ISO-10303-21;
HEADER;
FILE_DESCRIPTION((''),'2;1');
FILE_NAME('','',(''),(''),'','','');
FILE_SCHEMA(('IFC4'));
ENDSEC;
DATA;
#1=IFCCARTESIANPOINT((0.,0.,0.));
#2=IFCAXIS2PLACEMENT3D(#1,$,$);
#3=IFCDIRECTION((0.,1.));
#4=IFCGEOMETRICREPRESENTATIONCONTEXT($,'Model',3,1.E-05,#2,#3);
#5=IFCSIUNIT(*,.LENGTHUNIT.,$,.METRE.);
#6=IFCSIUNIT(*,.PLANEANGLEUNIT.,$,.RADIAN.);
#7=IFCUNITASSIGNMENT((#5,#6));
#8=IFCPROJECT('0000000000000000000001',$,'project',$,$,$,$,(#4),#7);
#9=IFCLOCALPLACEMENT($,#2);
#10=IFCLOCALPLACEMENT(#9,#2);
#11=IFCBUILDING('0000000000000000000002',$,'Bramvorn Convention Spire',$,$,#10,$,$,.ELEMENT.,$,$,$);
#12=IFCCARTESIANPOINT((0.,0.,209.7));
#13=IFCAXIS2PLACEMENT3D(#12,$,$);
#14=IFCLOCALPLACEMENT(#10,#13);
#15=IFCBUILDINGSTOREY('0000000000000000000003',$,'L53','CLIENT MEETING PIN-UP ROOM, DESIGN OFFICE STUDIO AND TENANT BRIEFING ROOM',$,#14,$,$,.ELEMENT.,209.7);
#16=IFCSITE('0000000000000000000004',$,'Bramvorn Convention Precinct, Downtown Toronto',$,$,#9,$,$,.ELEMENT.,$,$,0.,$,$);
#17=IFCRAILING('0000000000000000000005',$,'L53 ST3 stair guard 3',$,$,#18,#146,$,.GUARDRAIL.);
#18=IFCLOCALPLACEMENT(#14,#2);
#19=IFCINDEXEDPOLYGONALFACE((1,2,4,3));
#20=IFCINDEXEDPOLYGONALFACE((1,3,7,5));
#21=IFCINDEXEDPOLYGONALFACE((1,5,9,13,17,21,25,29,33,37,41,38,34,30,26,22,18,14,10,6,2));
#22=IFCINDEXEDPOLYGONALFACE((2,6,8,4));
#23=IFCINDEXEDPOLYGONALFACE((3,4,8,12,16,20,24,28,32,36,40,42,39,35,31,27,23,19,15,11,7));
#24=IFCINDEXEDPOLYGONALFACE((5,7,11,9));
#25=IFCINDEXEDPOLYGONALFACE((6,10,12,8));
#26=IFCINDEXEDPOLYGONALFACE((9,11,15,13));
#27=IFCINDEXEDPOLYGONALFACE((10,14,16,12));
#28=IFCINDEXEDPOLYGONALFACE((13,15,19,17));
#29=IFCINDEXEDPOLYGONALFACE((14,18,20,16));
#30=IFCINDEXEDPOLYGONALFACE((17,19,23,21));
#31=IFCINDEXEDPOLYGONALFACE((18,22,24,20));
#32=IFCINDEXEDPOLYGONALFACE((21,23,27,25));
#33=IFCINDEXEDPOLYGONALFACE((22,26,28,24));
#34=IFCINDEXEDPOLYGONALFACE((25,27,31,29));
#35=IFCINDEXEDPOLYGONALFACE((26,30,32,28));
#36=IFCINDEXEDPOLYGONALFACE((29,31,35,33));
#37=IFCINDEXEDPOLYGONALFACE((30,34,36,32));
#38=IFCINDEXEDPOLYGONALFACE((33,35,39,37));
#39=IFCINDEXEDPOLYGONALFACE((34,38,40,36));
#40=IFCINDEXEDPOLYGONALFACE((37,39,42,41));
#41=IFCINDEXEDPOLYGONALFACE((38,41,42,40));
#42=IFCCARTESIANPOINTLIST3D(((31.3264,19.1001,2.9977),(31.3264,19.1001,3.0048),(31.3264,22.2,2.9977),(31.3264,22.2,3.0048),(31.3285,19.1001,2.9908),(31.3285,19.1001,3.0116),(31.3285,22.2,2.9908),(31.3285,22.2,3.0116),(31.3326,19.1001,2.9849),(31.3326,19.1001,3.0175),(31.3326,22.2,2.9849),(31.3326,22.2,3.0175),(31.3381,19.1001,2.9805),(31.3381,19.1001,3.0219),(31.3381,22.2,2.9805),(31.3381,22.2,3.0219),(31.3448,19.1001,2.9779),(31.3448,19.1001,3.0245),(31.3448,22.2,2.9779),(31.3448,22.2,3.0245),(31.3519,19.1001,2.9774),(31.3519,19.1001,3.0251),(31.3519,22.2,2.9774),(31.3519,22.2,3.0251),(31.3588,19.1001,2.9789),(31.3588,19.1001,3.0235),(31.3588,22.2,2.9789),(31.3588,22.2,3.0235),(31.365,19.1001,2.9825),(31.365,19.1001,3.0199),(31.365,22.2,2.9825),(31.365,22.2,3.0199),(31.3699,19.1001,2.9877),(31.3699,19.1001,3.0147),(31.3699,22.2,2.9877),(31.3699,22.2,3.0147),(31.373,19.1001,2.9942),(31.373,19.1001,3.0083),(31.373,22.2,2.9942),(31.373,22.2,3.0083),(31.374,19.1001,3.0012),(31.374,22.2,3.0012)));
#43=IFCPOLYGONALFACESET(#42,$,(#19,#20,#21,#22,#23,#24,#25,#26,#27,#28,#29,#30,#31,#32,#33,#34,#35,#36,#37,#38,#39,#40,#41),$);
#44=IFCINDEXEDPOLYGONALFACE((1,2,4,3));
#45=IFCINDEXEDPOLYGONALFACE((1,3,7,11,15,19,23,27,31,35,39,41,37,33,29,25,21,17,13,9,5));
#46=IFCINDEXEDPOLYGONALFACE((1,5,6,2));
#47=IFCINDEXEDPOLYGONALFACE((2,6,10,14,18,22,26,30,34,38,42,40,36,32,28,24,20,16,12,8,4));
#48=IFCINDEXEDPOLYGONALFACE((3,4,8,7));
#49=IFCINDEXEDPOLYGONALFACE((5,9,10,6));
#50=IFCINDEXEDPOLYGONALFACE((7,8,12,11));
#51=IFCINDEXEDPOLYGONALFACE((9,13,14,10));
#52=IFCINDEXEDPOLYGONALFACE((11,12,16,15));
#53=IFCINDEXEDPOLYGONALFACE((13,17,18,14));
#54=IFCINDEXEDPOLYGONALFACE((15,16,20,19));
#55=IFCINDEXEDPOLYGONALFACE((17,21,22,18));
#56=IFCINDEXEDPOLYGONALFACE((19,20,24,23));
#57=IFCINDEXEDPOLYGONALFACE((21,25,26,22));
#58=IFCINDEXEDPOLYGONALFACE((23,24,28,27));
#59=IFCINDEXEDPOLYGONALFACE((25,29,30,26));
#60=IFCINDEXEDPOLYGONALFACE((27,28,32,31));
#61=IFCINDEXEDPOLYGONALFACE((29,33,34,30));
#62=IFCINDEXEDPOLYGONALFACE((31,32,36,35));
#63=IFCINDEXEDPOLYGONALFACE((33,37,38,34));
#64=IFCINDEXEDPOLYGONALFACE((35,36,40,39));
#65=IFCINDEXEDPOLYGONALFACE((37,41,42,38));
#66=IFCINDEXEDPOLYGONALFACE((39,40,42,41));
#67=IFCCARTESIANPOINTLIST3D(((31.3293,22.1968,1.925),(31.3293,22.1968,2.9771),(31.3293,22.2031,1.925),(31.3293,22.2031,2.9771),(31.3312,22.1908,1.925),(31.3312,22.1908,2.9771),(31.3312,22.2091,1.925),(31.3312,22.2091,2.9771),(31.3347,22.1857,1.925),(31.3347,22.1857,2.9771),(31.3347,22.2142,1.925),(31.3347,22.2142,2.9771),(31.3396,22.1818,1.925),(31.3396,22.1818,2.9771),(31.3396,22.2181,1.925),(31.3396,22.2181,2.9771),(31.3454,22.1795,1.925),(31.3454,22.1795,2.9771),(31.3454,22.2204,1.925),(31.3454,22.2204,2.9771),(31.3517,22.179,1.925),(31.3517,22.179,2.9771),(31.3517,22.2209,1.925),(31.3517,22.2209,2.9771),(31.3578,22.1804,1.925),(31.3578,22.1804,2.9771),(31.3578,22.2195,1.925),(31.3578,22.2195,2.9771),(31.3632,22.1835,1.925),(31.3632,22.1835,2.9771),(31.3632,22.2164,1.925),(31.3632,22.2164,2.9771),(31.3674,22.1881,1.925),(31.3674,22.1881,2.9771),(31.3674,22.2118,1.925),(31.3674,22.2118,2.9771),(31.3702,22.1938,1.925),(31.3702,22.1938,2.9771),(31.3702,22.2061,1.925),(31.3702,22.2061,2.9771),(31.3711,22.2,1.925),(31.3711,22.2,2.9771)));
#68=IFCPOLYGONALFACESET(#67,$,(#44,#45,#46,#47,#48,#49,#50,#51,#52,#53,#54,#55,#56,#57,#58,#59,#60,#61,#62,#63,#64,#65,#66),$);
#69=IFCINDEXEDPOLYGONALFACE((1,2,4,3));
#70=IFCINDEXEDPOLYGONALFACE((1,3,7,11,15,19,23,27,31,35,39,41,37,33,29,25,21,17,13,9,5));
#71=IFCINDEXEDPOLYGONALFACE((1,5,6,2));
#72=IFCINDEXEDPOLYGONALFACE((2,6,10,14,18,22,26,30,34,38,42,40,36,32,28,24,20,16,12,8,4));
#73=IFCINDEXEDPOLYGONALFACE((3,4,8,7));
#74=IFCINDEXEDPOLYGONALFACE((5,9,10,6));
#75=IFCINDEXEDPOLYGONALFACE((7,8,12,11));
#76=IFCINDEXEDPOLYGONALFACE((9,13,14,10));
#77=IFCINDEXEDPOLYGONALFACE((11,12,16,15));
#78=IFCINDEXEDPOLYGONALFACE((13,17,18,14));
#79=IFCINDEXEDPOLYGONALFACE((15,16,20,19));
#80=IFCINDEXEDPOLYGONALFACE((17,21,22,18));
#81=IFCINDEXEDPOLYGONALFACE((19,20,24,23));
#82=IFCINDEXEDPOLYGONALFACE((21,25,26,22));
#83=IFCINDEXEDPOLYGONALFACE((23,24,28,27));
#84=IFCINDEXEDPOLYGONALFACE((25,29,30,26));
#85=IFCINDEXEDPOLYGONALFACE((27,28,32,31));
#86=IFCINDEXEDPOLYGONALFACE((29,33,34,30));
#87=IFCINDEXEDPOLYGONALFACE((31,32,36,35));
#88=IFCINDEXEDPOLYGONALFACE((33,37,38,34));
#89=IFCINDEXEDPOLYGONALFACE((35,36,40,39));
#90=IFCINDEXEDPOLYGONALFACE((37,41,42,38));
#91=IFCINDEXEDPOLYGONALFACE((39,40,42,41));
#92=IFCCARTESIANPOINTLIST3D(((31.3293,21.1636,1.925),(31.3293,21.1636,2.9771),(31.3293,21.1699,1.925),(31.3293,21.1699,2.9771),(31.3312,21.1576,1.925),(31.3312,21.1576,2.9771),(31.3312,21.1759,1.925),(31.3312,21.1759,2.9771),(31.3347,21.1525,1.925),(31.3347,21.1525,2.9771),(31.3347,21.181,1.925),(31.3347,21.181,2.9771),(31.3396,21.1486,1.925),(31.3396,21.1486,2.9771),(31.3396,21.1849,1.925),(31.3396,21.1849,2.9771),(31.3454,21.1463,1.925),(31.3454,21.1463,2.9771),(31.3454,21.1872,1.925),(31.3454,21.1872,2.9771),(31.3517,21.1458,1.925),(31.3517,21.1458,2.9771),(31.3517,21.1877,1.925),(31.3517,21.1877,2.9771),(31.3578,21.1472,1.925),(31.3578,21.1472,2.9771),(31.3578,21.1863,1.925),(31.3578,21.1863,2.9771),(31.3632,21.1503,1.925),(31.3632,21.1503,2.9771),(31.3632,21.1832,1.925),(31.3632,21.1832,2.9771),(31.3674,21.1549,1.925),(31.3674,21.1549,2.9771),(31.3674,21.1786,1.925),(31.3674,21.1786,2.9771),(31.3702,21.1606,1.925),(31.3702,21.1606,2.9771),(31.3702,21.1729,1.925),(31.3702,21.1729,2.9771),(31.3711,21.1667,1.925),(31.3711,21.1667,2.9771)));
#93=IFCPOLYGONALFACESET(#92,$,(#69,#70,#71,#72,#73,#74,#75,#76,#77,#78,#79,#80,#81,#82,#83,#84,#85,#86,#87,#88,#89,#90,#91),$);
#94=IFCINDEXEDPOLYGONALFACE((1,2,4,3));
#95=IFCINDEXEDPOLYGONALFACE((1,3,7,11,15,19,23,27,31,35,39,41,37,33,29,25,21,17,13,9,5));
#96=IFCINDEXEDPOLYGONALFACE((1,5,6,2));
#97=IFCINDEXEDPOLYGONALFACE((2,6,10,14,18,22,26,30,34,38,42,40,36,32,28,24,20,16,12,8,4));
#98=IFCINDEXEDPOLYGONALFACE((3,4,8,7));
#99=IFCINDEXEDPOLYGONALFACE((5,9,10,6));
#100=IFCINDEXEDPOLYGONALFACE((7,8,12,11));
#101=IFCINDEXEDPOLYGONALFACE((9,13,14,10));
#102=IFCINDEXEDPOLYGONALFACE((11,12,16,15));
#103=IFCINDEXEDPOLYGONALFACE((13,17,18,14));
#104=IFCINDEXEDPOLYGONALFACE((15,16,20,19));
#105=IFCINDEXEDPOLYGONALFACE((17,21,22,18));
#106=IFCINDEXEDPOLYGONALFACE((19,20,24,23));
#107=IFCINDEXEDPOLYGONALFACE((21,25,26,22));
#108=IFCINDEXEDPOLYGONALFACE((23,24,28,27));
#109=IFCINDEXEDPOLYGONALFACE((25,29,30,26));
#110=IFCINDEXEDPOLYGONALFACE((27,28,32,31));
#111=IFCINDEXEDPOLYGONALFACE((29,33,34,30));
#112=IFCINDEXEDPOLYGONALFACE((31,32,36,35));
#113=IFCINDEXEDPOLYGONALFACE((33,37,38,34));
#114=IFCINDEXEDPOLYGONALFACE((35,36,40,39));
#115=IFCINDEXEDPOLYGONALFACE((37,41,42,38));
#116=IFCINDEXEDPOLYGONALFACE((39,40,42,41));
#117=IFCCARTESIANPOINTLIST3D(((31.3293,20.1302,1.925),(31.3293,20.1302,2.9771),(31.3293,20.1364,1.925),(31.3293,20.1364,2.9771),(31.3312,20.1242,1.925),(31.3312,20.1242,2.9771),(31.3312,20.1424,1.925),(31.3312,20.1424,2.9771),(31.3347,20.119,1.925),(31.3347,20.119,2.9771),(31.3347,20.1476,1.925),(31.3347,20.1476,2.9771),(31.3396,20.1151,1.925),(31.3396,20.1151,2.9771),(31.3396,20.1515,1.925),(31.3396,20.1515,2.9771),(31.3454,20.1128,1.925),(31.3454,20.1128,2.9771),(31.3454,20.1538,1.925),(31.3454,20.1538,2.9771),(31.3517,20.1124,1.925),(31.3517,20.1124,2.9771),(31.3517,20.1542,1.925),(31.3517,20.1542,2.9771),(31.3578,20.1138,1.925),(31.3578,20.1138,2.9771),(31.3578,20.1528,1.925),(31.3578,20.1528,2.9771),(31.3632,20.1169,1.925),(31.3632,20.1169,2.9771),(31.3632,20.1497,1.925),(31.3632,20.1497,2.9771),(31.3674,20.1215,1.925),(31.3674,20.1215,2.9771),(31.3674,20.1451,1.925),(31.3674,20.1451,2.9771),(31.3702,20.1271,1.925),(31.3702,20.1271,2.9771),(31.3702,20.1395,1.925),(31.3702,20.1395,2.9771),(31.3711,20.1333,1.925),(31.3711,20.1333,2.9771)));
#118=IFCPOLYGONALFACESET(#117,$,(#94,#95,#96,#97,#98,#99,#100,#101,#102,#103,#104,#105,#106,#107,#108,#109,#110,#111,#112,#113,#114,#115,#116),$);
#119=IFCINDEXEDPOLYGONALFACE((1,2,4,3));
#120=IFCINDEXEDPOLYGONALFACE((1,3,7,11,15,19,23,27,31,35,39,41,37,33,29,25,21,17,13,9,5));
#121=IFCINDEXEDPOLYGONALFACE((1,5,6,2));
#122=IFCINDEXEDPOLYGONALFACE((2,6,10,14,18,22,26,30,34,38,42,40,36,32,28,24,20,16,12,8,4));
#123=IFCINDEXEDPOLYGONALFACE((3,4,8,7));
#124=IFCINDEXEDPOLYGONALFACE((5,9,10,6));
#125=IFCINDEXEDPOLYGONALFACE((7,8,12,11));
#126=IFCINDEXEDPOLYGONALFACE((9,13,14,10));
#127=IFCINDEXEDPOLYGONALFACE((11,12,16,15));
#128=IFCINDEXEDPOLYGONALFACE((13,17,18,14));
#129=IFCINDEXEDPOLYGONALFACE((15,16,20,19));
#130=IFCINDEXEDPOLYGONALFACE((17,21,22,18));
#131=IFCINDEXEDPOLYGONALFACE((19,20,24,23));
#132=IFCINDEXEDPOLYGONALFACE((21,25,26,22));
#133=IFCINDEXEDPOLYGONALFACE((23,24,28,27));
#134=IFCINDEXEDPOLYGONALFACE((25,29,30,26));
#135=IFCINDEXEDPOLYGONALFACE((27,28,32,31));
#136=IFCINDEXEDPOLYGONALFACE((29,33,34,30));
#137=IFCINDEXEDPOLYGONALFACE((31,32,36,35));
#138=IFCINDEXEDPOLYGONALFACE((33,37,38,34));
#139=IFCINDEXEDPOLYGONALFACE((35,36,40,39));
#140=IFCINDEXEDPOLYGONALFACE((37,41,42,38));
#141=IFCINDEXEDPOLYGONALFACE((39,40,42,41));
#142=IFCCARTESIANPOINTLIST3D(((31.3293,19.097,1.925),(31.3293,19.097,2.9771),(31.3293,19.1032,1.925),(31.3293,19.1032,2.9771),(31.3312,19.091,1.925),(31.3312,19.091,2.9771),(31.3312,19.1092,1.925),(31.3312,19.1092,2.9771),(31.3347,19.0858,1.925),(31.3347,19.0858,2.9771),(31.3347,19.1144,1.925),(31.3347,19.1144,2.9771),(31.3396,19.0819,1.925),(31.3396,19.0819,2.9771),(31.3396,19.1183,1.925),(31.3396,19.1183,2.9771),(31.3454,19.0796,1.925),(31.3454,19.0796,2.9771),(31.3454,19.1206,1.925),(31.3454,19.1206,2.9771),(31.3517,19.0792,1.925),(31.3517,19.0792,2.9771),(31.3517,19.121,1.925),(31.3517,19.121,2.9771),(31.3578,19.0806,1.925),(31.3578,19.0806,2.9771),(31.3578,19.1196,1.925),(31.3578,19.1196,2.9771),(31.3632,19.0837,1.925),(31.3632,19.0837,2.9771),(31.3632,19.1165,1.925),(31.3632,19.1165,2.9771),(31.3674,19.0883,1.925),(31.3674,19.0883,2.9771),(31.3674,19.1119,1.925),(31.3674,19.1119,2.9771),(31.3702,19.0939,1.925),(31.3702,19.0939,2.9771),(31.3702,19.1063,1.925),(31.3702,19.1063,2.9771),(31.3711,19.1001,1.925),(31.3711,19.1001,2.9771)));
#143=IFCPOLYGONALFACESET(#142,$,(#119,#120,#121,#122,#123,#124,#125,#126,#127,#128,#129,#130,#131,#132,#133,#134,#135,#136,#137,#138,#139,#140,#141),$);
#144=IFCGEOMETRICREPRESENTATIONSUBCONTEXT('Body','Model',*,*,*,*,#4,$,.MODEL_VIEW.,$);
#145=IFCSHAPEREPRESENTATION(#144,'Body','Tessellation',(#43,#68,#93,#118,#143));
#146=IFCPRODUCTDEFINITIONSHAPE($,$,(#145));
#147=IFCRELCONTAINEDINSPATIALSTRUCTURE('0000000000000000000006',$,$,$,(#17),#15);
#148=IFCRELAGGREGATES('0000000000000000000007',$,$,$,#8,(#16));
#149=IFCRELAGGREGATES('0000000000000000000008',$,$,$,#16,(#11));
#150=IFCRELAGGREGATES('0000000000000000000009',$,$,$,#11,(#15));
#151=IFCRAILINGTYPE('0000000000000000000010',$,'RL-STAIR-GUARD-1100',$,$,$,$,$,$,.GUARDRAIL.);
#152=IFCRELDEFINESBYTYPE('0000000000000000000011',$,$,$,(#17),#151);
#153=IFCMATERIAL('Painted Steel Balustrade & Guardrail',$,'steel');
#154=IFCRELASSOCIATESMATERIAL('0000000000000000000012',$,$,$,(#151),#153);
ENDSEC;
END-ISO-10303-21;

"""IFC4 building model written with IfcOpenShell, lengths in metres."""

from ifc_helpers import new_model, si_unit, direction, frame, origin, origin_2d, place, context, subcontext, project, spatial, circle, extrude, material, type_object, element, save


model = new_model("IFC4")

# Units and contexts
model_context = context("Model", 3, precision=1e-05, world=origin(), true_north=direction((0.0, 1.0)))
body_context = subcontext(model_context, "Body", "Model", "MODEL_VIEW")
ifc_project = project(units=[si_unit("LENGTHUNIT", "METRE"), si_unit("PLANEANGLEUNIT", "RADIAN")], contexts=[model_context])

# Site, building, storey
site_placement = place(None, origin())
site = spatial("IfcSite", under=ifc_project, at=site_placement, Name="Bramvorn Convention Precinct, Downtown Toronto", CompositionType="ELEMENT", RefElevation=0.0)
building_placement = place(site_placement, origin())
building = spatial("IfcBuilding", under=site, at=building_placement, Name="Bramvorn Convention Spire", CompositionType="ELEMENT")
storey_placement = place(building_placement, frame((0.0, 0.0, 209.7)))
storey = spatial("IfcBuildingStorey", under=building, at=storey_placement, Name="L53", Description="CLIENT MEETING PIN-UP ROOM, DESIGN OFFICE STUDIO AND TENANT BRIEFING ROOM", CompositionType="ELEMENT", Elevation=209.7)

# Railing
ifc_material_1 = material(Name="Painted Steel Balustrade & Guardrail", Category="steel")
railing_type_1 = type_object("IfcRailingType", Name="RL-STAIR-GUARD-1100", PredefinedType="GUARDRAIL", material=ifc_material_1)
railing_1_placement = place(storey_placement, frame((31.3501, 22.2, 1.925)))
element("IfcRailing", 1, at=railing_1_placement, inside=storey, type_object=railing_type_1, Name="L53 ST3 stair guard 3", PredefinedType="GUARDRAIL", context=body_context, shape_type="SweptSolid", body=[
    extrude(circle(Radius=0.0239, at=origin_2d()), frame((0.0, 0.0, 1.0762), z_axis=(0.0, -1.0, 0.0), x_axis=(1.0, 0.0, 0.0)), (0.0, 0.0, 1.0), 3.0999),
    extrude(circle(Radius=0.021, at=origin_2d()), origin(), (0.0, 0.0, 1.0), 1.052),
    extrude(circle(Radius=0.021, at=origin_2d()), frame((0.0, -1.0332, 0.0)), (0.0, 0.0, 1.0), 1.052),
    extrude(circle(Radius=0.021, at=origin_2d()), frame((0.0, -2.0667, 0.0)), (0.0, 0.0, 1.0), 1.052),
    extrude(circle(Radius=0.021, at=origin_2d()), frame((0.0, -3.0999, 0.0)), (0.0, 0.0, 1.0), 1.052),
])

save(model, "model.ifc")
